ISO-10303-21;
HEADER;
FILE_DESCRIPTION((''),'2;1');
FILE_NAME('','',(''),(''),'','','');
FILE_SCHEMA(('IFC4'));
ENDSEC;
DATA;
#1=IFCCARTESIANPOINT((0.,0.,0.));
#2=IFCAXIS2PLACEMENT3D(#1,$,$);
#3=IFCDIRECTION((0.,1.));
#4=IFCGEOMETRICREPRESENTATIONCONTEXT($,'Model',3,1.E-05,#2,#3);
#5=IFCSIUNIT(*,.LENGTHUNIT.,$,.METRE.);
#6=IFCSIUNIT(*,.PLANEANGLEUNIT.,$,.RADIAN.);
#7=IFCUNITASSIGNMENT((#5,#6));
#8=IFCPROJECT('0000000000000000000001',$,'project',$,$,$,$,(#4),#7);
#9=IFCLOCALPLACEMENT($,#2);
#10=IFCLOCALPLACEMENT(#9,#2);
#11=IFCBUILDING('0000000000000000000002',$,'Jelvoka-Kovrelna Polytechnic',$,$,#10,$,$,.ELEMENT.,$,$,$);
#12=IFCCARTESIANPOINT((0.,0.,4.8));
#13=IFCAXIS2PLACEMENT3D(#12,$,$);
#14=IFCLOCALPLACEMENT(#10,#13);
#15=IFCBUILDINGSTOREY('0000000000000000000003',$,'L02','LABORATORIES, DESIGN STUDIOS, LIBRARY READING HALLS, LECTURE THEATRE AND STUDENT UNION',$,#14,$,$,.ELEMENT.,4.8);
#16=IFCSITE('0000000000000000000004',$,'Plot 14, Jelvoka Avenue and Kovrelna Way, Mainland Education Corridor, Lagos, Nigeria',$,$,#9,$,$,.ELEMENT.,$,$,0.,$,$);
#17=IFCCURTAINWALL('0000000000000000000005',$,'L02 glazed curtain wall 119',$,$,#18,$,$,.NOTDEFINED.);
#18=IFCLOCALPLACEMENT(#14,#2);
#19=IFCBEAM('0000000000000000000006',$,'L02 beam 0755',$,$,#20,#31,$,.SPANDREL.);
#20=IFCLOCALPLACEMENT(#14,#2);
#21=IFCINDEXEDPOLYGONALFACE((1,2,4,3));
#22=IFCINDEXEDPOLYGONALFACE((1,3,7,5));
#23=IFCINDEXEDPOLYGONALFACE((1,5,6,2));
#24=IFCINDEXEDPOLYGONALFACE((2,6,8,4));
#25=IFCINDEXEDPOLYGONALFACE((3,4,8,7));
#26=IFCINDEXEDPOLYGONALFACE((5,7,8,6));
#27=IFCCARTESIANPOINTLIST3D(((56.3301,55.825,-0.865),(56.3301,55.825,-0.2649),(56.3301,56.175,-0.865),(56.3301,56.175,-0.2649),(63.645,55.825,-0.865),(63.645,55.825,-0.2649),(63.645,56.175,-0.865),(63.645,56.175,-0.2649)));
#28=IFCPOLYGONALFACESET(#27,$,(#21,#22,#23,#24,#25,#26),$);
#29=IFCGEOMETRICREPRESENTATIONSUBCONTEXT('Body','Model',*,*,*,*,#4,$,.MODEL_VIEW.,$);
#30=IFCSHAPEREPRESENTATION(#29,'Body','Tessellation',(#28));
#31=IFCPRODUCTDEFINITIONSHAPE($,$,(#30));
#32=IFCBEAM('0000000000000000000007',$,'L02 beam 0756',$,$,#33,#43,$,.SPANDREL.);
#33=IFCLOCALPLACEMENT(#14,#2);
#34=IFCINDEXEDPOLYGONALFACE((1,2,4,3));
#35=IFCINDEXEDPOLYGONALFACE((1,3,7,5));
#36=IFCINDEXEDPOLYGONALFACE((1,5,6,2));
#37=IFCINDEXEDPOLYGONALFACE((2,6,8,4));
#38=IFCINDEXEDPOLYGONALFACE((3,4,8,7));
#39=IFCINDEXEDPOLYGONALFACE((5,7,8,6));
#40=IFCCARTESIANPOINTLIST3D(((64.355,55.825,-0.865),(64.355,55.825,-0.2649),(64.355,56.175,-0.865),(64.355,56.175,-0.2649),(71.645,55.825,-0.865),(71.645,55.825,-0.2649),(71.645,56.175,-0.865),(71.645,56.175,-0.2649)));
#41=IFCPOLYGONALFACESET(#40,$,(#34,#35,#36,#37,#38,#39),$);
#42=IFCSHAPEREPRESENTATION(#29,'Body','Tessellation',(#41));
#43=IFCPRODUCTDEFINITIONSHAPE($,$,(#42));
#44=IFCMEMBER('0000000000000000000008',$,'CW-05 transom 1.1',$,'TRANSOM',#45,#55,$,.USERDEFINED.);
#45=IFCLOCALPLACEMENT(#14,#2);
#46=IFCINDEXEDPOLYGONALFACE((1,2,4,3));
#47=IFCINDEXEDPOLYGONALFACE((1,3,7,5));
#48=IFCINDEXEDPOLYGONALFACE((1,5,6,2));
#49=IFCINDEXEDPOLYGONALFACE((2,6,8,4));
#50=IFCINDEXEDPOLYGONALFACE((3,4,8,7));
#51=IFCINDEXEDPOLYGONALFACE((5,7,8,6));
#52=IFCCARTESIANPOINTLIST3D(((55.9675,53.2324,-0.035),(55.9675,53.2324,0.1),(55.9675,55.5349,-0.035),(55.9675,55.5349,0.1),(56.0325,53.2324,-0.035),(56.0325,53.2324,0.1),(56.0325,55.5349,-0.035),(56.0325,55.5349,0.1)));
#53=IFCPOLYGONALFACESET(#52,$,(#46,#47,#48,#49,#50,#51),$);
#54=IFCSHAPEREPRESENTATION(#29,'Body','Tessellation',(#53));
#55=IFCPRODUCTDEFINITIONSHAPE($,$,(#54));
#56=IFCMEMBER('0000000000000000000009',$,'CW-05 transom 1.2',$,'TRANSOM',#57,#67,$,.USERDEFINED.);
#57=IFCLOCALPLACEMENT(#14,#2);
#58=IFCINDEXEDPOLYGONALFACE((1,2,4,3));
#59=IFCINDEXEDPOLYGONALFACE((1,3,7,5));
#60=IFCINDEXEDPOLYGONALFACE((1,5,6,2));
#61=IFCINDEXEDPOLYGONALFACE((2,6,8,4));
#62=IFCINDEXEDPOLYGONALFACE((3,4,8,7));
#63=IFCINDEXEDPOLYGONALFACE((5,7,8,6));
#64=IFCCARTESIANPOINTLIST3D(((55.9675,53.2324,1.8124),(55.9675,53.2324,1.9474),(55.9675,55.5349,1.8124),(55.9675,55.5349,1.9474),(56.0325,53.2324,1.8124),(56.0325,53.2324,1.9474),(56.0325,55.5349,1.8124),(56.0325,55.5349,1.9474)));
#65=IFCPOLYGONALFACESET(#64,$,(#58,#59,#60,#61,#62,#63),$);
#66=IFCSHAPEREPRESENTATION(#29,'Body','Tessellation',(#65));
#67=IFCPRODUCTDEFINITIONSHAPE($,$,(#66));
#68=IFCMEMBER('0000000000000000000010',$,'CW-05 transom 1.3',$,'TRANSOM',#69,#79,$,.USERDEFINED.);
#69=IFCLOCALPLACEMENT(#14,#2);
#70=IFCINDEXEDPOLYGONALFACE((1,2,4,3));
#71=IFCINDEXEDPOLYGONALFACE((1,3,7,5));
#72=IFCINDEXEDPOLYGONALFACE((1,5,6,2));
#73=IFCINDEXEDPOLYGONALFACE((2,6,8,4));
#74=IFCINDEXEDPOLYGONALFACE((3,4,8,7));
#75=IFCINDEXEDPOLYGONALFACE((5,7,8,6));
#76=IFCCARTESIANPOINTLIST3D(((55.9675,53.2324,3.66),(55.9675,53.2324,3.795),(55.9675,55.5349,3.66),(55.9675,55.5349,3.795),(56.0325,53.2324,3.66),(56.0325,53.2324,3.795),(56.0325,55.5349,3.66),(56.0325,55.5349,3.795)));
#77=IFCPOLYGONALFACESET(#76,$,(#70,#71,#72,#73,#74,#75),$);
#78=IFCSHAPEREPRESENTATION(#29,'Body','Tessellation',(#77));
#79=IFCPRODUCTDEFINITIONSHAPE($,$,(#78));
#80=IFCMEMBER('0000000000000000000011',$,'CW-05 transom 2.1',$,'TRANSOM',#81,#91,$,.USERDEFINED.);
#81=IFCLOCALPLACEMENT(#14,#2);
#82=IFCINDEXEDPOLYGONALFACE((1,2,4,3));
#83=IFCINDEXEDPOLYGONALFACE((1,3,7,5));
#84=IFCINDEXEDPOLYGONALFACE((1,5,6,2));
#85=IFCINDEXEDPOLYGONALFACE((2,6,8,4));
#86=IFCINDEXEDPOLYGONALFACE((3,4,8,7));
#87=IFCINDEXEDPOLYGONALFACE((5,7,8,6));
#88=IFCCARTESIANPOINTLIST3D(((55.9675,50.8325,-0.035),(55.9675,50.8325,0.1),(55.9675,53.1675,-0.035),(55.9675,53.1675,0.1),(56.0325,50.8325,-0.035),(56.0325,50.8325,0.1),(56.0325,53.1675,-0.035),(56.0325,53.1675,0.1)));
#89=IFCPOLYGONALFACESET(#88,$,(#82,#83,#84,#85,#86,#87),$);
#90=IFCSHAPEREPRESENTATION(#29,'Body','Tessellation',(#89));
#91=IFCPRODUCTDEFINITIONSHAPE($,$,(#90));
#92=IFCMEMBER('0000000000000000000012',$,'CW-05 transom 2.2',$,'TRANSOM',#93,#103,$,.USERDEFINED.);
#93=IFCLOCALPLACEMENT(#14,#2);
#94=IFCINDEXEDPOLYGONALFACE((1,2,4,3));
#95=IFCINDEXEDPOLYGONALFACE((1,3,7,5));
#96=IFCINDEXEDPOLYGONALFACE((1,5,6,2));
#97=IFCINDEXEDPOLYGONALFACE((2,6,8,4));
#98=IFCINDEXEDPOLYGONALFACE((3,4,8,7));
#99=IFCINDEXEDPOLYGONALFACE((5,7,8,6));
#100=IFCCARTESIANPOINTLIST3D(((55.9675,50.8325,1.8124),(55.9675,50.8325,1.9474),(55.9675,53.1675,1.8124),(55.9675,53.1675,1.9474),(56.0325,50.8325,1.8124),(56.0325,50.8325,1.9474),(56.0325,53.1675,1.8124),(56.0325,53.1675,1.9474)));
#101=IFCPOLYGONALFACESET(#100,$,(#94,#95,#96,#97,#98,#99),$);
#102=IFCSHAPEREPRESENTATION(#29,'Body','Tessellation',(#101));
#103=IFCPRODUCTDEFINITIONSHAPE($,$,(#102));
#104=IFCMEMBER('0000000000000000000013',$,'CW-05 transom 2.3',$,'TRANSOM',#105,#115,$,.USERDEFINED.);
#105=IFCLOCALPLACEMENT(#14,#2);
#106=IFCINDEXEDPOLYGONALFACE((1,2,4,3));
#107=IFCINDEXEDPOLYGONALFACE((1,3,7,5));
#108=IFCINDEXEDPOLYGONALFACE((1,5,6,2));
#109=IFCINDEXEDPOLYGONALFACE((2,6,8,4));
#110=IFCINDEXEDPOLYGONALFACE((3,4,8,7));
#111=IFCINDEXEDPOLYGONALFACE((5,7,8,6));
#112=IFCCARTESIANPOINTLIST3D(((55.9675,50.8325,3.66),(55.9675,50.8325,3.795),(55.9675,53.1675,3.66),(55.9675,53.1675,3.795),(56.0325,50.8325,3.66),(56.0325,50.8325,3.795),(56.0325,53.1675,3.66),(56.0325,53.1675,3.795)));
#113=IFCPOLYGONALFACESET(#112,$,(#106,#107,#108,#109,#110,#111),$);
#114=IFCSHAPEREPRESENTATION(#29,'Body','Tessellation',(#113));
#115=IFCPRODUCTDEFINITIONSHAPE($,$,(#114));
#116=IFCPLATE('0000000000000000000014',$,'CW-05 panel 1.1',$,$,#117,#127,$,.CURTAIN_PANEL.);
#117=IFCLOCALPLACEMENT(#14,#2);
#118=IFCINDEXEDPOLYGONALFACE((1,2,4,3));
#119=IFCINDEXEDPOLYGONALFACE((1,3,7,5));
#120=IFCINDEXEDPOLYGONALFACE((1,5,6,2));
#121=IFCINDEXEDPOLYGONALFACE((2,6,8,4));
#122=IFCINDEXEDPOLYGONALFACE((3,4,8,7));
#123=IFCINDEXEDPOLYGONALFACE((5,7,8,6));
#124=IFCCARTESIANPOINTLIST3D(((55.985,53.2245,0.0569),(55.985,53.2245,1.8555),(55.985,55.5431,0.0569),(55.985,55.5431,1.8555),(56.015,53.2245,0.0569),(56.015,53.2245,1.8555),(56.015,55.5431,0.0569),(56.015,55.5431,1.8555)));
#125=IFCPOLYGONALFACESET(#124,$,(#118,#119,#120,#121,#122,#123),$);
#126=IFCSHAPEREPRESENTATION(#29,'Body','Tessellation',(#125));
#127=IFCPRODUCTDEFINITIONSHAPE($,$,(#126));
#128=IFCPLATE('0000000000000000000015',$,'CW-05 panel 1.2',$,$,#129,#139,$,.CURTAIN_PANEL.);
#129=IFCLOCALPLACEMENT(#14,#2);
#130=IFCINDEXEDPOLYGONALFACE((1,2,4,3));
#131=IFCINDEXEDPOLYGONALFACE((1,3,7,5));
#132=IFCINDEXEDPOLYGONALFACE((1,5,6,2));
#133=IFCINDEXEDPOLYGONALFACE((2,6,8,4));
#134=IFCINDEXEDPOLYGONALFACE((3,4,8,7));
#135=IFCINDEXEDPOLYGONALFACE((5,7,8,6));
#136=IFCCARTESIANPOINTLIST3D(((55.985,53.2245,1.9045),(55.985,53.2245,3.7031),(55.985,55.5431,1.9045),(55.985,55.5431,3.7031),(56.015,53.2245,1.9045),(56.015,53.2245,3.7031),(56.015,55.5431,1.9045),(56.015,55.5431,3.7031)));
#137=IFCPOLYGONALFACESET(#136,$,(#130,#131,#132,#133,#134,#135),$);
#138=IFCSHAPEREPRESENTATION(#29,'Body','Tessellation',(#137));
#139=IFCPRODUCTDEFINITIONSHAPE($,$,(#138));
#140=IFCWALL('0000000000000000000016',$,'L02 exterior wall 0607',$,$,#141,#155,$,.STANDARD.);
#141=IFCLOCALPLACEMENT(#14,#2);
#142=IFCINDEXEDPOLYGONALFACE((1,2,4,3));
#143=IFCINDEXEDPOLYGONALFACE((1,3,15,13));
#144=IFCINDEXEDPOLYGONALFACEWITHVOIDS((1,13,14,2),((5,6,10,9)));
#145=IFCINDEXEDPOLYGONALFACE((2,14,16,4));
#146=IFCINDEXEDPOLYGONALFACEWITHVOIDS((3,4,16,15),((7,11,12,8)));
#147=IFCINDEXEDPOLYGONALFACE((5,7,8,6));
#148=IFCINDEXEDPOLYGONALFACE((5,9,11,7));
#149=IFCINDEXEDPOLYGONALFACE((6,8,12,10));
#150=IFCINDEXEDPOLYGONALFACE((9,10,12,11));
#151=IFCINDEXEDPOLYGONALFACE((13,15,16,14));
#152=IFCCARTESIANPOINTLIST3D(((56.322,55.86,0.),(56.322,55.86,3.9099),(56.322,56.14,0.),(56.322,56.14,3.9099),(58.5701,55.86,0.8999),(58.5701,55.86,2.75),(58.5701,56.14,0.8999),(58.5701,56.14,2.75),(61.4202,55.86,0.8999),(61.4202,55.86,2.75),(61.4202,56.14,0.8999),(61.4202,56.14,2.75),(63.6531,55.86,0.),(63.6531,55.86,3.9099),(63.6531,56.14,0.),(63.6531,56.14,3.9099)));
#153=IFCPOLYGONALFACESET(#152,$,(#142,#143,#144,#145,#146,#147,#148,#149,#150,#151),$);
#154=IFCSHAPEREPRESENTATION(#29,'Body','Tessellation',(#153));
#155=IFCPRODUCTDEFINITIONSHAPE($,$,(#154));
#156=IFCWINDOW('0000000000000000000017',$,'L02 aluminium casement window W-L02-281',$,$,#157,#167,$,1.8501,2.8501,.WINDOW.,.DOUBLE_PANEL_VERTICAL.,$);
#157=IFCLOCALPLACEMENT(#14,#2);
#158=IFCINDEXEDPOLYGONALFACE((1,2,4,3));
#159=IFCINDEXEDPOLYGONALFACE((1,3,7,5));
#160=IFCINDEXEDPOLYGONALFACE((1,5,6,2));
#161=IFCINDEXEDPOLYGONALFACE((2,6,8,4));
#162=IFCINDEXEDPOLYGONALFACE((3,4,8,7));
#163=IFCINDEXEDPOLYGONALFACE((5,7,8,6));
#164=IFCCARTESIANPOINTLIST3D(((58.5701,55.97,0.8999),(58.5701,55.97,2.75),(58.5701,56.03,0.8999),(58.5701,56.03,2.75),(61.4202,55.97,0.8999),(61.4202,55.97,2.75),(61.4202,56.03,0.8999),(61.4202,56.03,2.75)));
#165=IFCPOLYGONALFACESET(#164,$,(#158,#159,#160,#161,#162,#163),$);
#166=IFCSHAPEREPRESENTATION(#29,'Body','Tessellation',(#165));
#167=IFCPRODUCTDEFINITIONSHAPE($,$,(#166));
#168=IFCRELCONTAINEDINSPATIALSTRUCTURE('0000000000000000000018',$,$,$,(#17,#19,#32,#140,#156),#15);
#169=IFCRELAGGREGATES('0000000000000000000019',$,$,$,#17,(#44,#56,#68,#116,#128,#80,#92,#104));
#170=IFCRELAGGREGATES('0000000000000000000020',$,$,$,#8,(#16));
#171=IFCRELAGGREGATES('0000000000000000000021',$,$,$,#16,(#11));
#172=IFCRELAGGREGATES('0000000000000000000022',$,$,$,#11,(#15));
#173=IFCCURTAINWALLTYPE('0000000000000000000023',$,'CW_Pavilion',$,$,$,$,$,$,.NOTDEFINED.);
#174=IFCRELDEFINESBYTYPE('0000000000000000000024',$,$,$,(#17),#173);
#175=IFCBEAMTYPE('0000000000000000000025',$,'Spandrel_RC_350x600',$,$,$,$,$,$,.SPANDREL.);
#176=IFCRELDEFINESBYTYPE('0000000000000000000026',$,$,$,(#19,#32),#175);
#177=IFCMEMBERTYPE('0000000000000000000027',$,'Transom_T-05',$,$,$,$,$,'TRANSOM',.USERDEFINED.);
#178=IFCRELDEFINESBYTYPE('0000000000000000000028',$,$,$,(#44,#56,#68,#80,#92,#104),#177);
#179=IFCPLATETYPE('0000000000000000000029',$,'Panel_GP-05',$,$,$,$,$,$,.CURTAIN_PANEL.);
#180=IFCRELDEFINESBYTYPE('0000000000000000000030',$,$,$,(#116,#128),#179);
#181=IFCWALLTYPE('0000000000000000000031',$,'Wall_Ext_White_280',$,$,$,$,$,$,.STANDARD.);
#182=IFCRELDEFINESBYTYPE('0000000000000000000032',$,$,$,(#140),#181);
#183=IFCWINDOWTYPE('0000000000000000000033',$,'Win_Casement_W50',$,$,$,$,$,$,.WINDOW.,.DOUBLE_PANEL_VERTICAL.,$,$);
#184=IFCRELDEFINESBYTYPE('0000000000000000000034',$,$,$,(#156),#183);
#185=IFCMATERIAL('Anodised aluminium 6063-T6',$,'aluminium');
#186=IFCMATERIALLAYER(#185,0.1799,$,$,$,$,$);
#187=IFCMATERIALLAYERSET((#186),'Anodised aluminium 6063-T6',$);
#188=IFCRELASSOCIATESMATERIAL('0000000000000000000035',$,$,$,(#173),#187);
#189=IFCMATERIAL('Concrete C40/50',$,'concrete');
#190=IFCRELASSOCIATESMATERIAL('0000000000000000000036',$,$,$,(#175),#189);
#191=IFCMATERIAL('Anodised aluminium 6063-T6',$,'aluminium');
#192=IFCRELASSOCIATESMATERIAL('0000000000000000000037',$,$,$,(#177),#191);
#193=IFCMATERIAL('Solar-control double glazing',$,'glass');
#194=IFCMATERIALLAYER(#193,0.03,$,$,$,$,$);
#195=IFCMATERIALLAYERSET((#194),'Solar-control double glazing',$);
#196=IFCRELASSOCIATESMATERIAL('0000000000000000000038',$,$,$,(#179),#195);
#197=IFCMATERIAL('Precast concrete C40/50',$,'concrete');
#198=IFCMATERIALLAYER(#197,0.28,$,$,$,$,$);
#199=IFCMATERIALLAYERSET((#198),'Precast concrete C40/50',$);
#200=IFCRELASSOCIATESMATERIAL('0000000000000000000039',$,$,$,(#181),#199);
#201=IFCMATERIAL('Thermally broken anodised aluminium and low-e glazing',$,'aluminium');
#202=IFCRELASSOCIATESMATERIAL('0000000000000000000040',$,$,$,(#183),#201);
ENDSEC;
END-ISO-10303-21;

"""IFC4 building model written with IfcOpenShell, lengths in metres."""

from ifc_helpers import new_model, si_unit, direction, frame, frame_2d, origin, origin_2d, place, context, subcontext, project, spatial, rectangle, extrude, material, layer, layer_set, material_profile, profile_set, type_object, element, fill, aggregate, save


model = new_model("IFC4")

# Units and contexts
model_context = context("Model", 3, precision=1e-05, world=origin(), true_north=direction((0.0, 1.0)))
body_context = subcontext(model_context, "Body", "Model", "MODEL_VIEW")
ifc_project = project(units=[si_unit("LENGTHUNIT", "METRE"), si_unit("PLANEANGLEUNIT", "RADIAN")], contexts=[model_context])

# Site, building, storey
site_placement = place(None, origin())
site = spatial("IfcSite", under=ifc_project, at=site_placement, Name="Plot 14, Jelvoka Avenue and Kovrelna Way, Mainland Education Corridor, Lagos, Nigeria", CompositionType="ELEMENT", RefElevation=0.0)
building_placement = place(site_placement, origin())
building = spatial("IfcBuilding", under=site, at=building_placement, Name="Jelvoka-Kovrelna Polytechnic", CompositionType="ELEMENT")
storey_placement = place(building_placement, frame((0.0, 0.0, 4.8)))
storey = spatial("IfcBuildingStorey", under=building, at=storey_placement, Name="L02", Description="LABORATORIES, DESIGN STUDIOS, LIBRARY READING HALLS, LECTURE THEATRE AND STUDENT UNION", CompositionType="ELEMENT", Elevation=4.8)

# Curtain wall
ifc_material_1 = material(Name="Anodised aluminium 6063-T6", Category="aluminium")
ifc_layer_1 = layer(ifc_material_1, 0.1799)
ifc_layer_set_1 = layer_set([ifc_layer_1], Name="Anodised aluminium 6063-T6")
curtain_wall_type_1 = type_object("IfcCurtainWallType", Name="CW_Pavilion", PredefinedType="NOTDEFINED", material=ifc_layer_set_1)
curtain_wall_1_placement = place(storey_placement, origin())
curtain_wall_1 = element("IfcCurtainWall", 1, at=curtain_wall_1_placement, inside=storey, type_object=curtain_wall_type_1, Name="L02 glazed curtain wall 119", PredefinedType="NOTDEFINED")

# Beams
ifc_material_2 = material(Name="Concrete C40/50", Category="concrete")
ifc_material_profile_1 = material_profile(ifc_material_2, rectangle(XDim=0.3501, YDim=0.6001, at=origin_2d()), Name="RC 350x600")
ifc_profile_set_1 = profile_set([ifc_material_profile_1], Name="Concrete C40/50")
beam_type_1 = type_object("IfcBeamType", Name="Spandrel_RC_350x600", PredefinedType="SPANDREL", material=ifc_profile_set_1)
beam_1_placement = place(storey_placement, frame((56.3301, 56.0, -0.5649), z_axis=(1.0, 0.0, 0.0), x_axis=(0.0, 1.0, 0.0)))
element("IfcBeam", 2, at=beam_1_placement, inside=storey, type_object=beam_type_1, Name="L02 beam 0755", PredefinedType="SPANDREL", context=body_context, shape_type="SweptSolid", body=[
    extrude(rectangle(XDim=0.3501, YDim=0.6001, at=origin_2d()), origin(), (0.0, 0.0, 1.0), 7.3149),
])
beam_2_placement = place(storey_placement, frame((64.355, 56.0, -0.5649), z_axis=(1.0, 0.0, 0.0), x_axis=(0.0, 1.0, 0.0)))
element("IfcBeam", 3, at=beam_2_placement, inside=storey, type_object=beam_type_1, Name="L02 beam 0756", PredefinedType="SPANDREL", context=body_context, shape_type="SweptSolid", body=[
    extrude(rectangle(XDim=0.3501, YDim=0.6001, at=origin_2d()), origin(), (0.0, 0.0, 1.0), 7.29),
])

# Members
ifc_material_3 = material(Name="Anodised aluminium 6063-T6", Category="aluminium")
ifc_material_profile_2 = material_profile(ifc_material_3, rectangle(XDim=0.0649, YDim=0.135, at=origin_2d()), Name="ALU 65x135")
ifc_profile_set_2 = profile_set([ifc_material_profile_2], Name="Anodised aluminium 6063-T6")
member_type_1 = type_object("IfcMemberType", Name="Transom_T-05", ElementType="TRANSOM", PredefinedType="USERDEFINED", material=ifc_profile_set_2)
member_1_placement = place(storey_placement, frame((56.0, 55.5349, 0.0325), z_axis=(0.0, -1.0, 0.0), x_axis=(1.0, 0.0, 0.0)))
member_1 = element("IfcMember", 4, at=member_1_placement, type_object=member_type_1, Name="CW-05 transom 1.1", ObjectType="TRANSOM", PredefinedType="USERDEFINED", context=body_context, shape_type="SweptSolid", body=[
    extrude(rectangle(XDim=0.0649, YDim=0.135, at=origin_2d()), origin(), (0.0, 0.0, 1.0), 2.3025),
])
member_2_placement = place(storey_placement, frame((56.0, 55.5349, 1.8799), z_axis=(0.0, -1.0, 0.0), x_axis=(1.0, 0.0, 0.0)))
member_2 = element("IfcMember", 5, at=member_2_placement, type_object=member_type_1, Name="CW-05 transom 1.2", ObjectType="TRANSOM", PredefinedType="USERDEFINED", context=body_context, shape_type="SweptSolid", body=[
    extrude(rectangle(XDim=0.0649, YDim=0.135, at=origin_2d()), origin(), (0.0, 0.0, 1.0), 2.3025),
])
member_3_placement = place(storey_placement, frame((56.0, 55.5349, 3.7275), z_axis=(0.0, -1.0, 0.0), x_axis=(1.0, 0.0, 0.0)))
member_3 = element("IfcMember", 6, at=member_3_placement, type_object=member_type_1, Name="CW-05 transom 1.3", ObjectType="TRANSOM", PredefinedType="USERDEFINED", context=body_context, shape_type="SweptSolid", body=[
    extrude(rectangle(XDim=0.0649, YDim=0.135, at=origin_2d()), origin(), (0.0, 0.0, 1.0), 2.3025),
])
member_4_placement = place(storey_placement, frame((56.0, 53.1675, 0.0325), z_axis=(0.0, -1.0, 0.0), x_axis=(1.0, 0.0, 0.0)))
member_4 = element("IfcMember", 7, at=member_4_placement, type_object=member_type_1, Name="CW-05 transom 2.1", ObjectType="TRANSOM", PredefinedType="USERDEFINED", context=body_context, shape_type="SweptSolid", body=[
    extrude(rectangle(XDim=0.0649, YDim=0.135, at=origin_2d()), origin(), (0.0, 0.0, 1.0), 2.335),
])
member_5_placement = place(storey_placement, frame((56.0, 53.1675, 1.8799), z_axis=(0.0, -1.0, 0.0), x_axis=(1.0, 0.0, 0.0)))
member_5 = element("IfcMember", 8, at=member_5_placement, type_object=member_type_1, Name="CW-05 transom 2.2", ObjectType="TRANSOM", PredefinedType="USERDEFINED", context=body_context, shape_type="SweptSolid", body=[
    extrude(rectangle(XDim=0.0649, YDim=0.135, at=origin_2d()), origin(), (0.0, 0.0, 1.0), 2.335),
])
member_6_placement = place(storey_placement, frame((56.0, 53.1675, 3.7275), z_axis=(0.0, -1.0, 0.0), x_axis=(1.0, 0.0, 0.0)))
member_6 = element("IfcMember", 9, at=member_6_placement, type_object=member_type_1, Name="CW-05 transom 2.3", ObjectType="TRANSOM", PredefinedType="USERDEFINED", context=body_context, shape_type="SweptSolid", body=[
    extrude(rectangle(XDim=0.0649, YDim=0.135, at=origin_2d()), origin(), (0.0, 0.0, 1.0), 2.335),
])

# Plates
ifc_material_4 = material(Name="Solar-control double glazing", Category="glass")
ifc_layer_2 = layer(ifc_material_4, 0.03)
ifc_layer_set_2 = layer_set([ifc_layer_2], Name="Solar-control double glazing")
plate_type = type_object("IfcPlateType", Name="Panel_GP-05", PredefinedType="CURTAIN_PANEL", material=ifc_layer_set_2)
plate_1_placement = place(storey_placement, frame((56.0, 54.3838, 0.0569), z_axis=(0.0, 0.0, 1.0), x_axis=(0.0, -1.0, 0.0)))
plate_1 = element("IfcPlate", 10, at=plate_1_placement, type_object=plate_type, Name="CW-05 panel 1.1", PredefinedType="CURTAIN_PANEL", context=body_context, shape_type="SweptSolid", body=[
    extrude(rectangle(XDim=2.3186, YDim=0.03, at=origin_2d()), origin(), (0.0, 0.0, 1.0), 1.7986),
])
plate_2_placement = place(storey_placement, frame((56.0, 54.3838, 1.9045), z_axis=(0.0, 0.0, 1.0), x_axis=(0.0, -1.0, 0.0)))
plate_2 = element("IfcPlate", 11, at=plate_2_placement, type_object=plate_type, Name="CW-05 panel 1.2", PredefinedType="CURTAIN_PANEL", context=body_context, shape_type="SweptSolid", body=[
    extrude(rectangle(XDim=2.3186, YDim=0.03, at=origin_2d()), origin(), (0.0, 0.0, 1.0), 1.7986),
])
aggregate(curtain_wall_1, [member_1, member_2, member_3, plate_1, plate_2, member_4, member_5, member_6])

# Wall, opening, window
ifc_material_5 = material(Name="Precast concrete C40/50", Category="concrete")
ifc_layer_3 = layer(ifc_material_5, 0.28)
ifc_layer_set_3 = layer_set([ifc_layer_3], Name="Precast concrete C40/50")
wall_type = type_object("IfcWallType", Name="Wall_Ext_White_280", PredefinedType="STANDARD", material=ifc_layer_set_3)
wall_placement = place(storey_placement, frame((63.6531, 56.0, 0.0), z_axis=(0.0, 0.0, 1.0), x_axis=(-1.0, 0.0, 0.0)))
wall = element("IfcWall", 12, at=wall_placement, inside=storey, type_object=wall_type, Name="L02 exterior wall 0607", PredefinedType="STANDARD", context=body_context, shape_type="SweptSolid", body=[
    extrude(rectangle(XDim=7.3311, YDim=0.28, at=frame_2d((3.6655, 0.0))), origin(), (0.0, 0.0, 1.0), 3.9099),
])
opening_placement = place(wall_placement, frame((2.2329, 0.0, 0.8999)))
opening = element("IfcOpeningElement", 13, at=opening_placement, cuts=wall, PredefinedType="OPENING", context=body_context, shape_type="SweptSolid", body=[
    extrude(rectangle(XDim=2.8501, YDim=1.8501, at=frame_2d((1.425, 0.925))), frame((0.0, 0.1501, 0.0), z_axis=(0.0, -1.0, 0.0), x_axis=(1.0, 0.0, 0.0)), (0.0, 0.0, 1.0), 0.3),
])
ifc_material_6 = material(Name="Thermally broken anodised aluminium and low-e glazing", Category="aluminium")
window_type = type_object("IfcWindowType", Name="Win_Casement_W50", PartitioningType="DOUBLE_PANEL_VERTICAL", PredefinedType="WINDOW", material=ifc_material_6)
window_placement = place(opening_placement, origin())
window = element("IfcWindow", 14, at=window_placement, inside=storey, type_object=window_type, Name="L02 aluminium casement window W-L02-281", OverallHeight=1.8501, OverallWidth=2.8501, PartitioningType="DOUBLE_PANEL_VERTICAL", PredefinedType="WINDOW", context=body_context, shape_type="SweptSolid", body=[
    extrude(rectangle(XDim=2.8501, YDim=1.8501, at=frame_2d((1.425, 0.925))), frame((0.0, 0.03, 0.0), z_axis=(0.0, -1.0, 0.0), x_axis=(1.0, 0.0, 0.0)), (0.0, 0.0, 1.0), 0.0601),
])
fill(opening, window)

save(model, "model.ifc")
